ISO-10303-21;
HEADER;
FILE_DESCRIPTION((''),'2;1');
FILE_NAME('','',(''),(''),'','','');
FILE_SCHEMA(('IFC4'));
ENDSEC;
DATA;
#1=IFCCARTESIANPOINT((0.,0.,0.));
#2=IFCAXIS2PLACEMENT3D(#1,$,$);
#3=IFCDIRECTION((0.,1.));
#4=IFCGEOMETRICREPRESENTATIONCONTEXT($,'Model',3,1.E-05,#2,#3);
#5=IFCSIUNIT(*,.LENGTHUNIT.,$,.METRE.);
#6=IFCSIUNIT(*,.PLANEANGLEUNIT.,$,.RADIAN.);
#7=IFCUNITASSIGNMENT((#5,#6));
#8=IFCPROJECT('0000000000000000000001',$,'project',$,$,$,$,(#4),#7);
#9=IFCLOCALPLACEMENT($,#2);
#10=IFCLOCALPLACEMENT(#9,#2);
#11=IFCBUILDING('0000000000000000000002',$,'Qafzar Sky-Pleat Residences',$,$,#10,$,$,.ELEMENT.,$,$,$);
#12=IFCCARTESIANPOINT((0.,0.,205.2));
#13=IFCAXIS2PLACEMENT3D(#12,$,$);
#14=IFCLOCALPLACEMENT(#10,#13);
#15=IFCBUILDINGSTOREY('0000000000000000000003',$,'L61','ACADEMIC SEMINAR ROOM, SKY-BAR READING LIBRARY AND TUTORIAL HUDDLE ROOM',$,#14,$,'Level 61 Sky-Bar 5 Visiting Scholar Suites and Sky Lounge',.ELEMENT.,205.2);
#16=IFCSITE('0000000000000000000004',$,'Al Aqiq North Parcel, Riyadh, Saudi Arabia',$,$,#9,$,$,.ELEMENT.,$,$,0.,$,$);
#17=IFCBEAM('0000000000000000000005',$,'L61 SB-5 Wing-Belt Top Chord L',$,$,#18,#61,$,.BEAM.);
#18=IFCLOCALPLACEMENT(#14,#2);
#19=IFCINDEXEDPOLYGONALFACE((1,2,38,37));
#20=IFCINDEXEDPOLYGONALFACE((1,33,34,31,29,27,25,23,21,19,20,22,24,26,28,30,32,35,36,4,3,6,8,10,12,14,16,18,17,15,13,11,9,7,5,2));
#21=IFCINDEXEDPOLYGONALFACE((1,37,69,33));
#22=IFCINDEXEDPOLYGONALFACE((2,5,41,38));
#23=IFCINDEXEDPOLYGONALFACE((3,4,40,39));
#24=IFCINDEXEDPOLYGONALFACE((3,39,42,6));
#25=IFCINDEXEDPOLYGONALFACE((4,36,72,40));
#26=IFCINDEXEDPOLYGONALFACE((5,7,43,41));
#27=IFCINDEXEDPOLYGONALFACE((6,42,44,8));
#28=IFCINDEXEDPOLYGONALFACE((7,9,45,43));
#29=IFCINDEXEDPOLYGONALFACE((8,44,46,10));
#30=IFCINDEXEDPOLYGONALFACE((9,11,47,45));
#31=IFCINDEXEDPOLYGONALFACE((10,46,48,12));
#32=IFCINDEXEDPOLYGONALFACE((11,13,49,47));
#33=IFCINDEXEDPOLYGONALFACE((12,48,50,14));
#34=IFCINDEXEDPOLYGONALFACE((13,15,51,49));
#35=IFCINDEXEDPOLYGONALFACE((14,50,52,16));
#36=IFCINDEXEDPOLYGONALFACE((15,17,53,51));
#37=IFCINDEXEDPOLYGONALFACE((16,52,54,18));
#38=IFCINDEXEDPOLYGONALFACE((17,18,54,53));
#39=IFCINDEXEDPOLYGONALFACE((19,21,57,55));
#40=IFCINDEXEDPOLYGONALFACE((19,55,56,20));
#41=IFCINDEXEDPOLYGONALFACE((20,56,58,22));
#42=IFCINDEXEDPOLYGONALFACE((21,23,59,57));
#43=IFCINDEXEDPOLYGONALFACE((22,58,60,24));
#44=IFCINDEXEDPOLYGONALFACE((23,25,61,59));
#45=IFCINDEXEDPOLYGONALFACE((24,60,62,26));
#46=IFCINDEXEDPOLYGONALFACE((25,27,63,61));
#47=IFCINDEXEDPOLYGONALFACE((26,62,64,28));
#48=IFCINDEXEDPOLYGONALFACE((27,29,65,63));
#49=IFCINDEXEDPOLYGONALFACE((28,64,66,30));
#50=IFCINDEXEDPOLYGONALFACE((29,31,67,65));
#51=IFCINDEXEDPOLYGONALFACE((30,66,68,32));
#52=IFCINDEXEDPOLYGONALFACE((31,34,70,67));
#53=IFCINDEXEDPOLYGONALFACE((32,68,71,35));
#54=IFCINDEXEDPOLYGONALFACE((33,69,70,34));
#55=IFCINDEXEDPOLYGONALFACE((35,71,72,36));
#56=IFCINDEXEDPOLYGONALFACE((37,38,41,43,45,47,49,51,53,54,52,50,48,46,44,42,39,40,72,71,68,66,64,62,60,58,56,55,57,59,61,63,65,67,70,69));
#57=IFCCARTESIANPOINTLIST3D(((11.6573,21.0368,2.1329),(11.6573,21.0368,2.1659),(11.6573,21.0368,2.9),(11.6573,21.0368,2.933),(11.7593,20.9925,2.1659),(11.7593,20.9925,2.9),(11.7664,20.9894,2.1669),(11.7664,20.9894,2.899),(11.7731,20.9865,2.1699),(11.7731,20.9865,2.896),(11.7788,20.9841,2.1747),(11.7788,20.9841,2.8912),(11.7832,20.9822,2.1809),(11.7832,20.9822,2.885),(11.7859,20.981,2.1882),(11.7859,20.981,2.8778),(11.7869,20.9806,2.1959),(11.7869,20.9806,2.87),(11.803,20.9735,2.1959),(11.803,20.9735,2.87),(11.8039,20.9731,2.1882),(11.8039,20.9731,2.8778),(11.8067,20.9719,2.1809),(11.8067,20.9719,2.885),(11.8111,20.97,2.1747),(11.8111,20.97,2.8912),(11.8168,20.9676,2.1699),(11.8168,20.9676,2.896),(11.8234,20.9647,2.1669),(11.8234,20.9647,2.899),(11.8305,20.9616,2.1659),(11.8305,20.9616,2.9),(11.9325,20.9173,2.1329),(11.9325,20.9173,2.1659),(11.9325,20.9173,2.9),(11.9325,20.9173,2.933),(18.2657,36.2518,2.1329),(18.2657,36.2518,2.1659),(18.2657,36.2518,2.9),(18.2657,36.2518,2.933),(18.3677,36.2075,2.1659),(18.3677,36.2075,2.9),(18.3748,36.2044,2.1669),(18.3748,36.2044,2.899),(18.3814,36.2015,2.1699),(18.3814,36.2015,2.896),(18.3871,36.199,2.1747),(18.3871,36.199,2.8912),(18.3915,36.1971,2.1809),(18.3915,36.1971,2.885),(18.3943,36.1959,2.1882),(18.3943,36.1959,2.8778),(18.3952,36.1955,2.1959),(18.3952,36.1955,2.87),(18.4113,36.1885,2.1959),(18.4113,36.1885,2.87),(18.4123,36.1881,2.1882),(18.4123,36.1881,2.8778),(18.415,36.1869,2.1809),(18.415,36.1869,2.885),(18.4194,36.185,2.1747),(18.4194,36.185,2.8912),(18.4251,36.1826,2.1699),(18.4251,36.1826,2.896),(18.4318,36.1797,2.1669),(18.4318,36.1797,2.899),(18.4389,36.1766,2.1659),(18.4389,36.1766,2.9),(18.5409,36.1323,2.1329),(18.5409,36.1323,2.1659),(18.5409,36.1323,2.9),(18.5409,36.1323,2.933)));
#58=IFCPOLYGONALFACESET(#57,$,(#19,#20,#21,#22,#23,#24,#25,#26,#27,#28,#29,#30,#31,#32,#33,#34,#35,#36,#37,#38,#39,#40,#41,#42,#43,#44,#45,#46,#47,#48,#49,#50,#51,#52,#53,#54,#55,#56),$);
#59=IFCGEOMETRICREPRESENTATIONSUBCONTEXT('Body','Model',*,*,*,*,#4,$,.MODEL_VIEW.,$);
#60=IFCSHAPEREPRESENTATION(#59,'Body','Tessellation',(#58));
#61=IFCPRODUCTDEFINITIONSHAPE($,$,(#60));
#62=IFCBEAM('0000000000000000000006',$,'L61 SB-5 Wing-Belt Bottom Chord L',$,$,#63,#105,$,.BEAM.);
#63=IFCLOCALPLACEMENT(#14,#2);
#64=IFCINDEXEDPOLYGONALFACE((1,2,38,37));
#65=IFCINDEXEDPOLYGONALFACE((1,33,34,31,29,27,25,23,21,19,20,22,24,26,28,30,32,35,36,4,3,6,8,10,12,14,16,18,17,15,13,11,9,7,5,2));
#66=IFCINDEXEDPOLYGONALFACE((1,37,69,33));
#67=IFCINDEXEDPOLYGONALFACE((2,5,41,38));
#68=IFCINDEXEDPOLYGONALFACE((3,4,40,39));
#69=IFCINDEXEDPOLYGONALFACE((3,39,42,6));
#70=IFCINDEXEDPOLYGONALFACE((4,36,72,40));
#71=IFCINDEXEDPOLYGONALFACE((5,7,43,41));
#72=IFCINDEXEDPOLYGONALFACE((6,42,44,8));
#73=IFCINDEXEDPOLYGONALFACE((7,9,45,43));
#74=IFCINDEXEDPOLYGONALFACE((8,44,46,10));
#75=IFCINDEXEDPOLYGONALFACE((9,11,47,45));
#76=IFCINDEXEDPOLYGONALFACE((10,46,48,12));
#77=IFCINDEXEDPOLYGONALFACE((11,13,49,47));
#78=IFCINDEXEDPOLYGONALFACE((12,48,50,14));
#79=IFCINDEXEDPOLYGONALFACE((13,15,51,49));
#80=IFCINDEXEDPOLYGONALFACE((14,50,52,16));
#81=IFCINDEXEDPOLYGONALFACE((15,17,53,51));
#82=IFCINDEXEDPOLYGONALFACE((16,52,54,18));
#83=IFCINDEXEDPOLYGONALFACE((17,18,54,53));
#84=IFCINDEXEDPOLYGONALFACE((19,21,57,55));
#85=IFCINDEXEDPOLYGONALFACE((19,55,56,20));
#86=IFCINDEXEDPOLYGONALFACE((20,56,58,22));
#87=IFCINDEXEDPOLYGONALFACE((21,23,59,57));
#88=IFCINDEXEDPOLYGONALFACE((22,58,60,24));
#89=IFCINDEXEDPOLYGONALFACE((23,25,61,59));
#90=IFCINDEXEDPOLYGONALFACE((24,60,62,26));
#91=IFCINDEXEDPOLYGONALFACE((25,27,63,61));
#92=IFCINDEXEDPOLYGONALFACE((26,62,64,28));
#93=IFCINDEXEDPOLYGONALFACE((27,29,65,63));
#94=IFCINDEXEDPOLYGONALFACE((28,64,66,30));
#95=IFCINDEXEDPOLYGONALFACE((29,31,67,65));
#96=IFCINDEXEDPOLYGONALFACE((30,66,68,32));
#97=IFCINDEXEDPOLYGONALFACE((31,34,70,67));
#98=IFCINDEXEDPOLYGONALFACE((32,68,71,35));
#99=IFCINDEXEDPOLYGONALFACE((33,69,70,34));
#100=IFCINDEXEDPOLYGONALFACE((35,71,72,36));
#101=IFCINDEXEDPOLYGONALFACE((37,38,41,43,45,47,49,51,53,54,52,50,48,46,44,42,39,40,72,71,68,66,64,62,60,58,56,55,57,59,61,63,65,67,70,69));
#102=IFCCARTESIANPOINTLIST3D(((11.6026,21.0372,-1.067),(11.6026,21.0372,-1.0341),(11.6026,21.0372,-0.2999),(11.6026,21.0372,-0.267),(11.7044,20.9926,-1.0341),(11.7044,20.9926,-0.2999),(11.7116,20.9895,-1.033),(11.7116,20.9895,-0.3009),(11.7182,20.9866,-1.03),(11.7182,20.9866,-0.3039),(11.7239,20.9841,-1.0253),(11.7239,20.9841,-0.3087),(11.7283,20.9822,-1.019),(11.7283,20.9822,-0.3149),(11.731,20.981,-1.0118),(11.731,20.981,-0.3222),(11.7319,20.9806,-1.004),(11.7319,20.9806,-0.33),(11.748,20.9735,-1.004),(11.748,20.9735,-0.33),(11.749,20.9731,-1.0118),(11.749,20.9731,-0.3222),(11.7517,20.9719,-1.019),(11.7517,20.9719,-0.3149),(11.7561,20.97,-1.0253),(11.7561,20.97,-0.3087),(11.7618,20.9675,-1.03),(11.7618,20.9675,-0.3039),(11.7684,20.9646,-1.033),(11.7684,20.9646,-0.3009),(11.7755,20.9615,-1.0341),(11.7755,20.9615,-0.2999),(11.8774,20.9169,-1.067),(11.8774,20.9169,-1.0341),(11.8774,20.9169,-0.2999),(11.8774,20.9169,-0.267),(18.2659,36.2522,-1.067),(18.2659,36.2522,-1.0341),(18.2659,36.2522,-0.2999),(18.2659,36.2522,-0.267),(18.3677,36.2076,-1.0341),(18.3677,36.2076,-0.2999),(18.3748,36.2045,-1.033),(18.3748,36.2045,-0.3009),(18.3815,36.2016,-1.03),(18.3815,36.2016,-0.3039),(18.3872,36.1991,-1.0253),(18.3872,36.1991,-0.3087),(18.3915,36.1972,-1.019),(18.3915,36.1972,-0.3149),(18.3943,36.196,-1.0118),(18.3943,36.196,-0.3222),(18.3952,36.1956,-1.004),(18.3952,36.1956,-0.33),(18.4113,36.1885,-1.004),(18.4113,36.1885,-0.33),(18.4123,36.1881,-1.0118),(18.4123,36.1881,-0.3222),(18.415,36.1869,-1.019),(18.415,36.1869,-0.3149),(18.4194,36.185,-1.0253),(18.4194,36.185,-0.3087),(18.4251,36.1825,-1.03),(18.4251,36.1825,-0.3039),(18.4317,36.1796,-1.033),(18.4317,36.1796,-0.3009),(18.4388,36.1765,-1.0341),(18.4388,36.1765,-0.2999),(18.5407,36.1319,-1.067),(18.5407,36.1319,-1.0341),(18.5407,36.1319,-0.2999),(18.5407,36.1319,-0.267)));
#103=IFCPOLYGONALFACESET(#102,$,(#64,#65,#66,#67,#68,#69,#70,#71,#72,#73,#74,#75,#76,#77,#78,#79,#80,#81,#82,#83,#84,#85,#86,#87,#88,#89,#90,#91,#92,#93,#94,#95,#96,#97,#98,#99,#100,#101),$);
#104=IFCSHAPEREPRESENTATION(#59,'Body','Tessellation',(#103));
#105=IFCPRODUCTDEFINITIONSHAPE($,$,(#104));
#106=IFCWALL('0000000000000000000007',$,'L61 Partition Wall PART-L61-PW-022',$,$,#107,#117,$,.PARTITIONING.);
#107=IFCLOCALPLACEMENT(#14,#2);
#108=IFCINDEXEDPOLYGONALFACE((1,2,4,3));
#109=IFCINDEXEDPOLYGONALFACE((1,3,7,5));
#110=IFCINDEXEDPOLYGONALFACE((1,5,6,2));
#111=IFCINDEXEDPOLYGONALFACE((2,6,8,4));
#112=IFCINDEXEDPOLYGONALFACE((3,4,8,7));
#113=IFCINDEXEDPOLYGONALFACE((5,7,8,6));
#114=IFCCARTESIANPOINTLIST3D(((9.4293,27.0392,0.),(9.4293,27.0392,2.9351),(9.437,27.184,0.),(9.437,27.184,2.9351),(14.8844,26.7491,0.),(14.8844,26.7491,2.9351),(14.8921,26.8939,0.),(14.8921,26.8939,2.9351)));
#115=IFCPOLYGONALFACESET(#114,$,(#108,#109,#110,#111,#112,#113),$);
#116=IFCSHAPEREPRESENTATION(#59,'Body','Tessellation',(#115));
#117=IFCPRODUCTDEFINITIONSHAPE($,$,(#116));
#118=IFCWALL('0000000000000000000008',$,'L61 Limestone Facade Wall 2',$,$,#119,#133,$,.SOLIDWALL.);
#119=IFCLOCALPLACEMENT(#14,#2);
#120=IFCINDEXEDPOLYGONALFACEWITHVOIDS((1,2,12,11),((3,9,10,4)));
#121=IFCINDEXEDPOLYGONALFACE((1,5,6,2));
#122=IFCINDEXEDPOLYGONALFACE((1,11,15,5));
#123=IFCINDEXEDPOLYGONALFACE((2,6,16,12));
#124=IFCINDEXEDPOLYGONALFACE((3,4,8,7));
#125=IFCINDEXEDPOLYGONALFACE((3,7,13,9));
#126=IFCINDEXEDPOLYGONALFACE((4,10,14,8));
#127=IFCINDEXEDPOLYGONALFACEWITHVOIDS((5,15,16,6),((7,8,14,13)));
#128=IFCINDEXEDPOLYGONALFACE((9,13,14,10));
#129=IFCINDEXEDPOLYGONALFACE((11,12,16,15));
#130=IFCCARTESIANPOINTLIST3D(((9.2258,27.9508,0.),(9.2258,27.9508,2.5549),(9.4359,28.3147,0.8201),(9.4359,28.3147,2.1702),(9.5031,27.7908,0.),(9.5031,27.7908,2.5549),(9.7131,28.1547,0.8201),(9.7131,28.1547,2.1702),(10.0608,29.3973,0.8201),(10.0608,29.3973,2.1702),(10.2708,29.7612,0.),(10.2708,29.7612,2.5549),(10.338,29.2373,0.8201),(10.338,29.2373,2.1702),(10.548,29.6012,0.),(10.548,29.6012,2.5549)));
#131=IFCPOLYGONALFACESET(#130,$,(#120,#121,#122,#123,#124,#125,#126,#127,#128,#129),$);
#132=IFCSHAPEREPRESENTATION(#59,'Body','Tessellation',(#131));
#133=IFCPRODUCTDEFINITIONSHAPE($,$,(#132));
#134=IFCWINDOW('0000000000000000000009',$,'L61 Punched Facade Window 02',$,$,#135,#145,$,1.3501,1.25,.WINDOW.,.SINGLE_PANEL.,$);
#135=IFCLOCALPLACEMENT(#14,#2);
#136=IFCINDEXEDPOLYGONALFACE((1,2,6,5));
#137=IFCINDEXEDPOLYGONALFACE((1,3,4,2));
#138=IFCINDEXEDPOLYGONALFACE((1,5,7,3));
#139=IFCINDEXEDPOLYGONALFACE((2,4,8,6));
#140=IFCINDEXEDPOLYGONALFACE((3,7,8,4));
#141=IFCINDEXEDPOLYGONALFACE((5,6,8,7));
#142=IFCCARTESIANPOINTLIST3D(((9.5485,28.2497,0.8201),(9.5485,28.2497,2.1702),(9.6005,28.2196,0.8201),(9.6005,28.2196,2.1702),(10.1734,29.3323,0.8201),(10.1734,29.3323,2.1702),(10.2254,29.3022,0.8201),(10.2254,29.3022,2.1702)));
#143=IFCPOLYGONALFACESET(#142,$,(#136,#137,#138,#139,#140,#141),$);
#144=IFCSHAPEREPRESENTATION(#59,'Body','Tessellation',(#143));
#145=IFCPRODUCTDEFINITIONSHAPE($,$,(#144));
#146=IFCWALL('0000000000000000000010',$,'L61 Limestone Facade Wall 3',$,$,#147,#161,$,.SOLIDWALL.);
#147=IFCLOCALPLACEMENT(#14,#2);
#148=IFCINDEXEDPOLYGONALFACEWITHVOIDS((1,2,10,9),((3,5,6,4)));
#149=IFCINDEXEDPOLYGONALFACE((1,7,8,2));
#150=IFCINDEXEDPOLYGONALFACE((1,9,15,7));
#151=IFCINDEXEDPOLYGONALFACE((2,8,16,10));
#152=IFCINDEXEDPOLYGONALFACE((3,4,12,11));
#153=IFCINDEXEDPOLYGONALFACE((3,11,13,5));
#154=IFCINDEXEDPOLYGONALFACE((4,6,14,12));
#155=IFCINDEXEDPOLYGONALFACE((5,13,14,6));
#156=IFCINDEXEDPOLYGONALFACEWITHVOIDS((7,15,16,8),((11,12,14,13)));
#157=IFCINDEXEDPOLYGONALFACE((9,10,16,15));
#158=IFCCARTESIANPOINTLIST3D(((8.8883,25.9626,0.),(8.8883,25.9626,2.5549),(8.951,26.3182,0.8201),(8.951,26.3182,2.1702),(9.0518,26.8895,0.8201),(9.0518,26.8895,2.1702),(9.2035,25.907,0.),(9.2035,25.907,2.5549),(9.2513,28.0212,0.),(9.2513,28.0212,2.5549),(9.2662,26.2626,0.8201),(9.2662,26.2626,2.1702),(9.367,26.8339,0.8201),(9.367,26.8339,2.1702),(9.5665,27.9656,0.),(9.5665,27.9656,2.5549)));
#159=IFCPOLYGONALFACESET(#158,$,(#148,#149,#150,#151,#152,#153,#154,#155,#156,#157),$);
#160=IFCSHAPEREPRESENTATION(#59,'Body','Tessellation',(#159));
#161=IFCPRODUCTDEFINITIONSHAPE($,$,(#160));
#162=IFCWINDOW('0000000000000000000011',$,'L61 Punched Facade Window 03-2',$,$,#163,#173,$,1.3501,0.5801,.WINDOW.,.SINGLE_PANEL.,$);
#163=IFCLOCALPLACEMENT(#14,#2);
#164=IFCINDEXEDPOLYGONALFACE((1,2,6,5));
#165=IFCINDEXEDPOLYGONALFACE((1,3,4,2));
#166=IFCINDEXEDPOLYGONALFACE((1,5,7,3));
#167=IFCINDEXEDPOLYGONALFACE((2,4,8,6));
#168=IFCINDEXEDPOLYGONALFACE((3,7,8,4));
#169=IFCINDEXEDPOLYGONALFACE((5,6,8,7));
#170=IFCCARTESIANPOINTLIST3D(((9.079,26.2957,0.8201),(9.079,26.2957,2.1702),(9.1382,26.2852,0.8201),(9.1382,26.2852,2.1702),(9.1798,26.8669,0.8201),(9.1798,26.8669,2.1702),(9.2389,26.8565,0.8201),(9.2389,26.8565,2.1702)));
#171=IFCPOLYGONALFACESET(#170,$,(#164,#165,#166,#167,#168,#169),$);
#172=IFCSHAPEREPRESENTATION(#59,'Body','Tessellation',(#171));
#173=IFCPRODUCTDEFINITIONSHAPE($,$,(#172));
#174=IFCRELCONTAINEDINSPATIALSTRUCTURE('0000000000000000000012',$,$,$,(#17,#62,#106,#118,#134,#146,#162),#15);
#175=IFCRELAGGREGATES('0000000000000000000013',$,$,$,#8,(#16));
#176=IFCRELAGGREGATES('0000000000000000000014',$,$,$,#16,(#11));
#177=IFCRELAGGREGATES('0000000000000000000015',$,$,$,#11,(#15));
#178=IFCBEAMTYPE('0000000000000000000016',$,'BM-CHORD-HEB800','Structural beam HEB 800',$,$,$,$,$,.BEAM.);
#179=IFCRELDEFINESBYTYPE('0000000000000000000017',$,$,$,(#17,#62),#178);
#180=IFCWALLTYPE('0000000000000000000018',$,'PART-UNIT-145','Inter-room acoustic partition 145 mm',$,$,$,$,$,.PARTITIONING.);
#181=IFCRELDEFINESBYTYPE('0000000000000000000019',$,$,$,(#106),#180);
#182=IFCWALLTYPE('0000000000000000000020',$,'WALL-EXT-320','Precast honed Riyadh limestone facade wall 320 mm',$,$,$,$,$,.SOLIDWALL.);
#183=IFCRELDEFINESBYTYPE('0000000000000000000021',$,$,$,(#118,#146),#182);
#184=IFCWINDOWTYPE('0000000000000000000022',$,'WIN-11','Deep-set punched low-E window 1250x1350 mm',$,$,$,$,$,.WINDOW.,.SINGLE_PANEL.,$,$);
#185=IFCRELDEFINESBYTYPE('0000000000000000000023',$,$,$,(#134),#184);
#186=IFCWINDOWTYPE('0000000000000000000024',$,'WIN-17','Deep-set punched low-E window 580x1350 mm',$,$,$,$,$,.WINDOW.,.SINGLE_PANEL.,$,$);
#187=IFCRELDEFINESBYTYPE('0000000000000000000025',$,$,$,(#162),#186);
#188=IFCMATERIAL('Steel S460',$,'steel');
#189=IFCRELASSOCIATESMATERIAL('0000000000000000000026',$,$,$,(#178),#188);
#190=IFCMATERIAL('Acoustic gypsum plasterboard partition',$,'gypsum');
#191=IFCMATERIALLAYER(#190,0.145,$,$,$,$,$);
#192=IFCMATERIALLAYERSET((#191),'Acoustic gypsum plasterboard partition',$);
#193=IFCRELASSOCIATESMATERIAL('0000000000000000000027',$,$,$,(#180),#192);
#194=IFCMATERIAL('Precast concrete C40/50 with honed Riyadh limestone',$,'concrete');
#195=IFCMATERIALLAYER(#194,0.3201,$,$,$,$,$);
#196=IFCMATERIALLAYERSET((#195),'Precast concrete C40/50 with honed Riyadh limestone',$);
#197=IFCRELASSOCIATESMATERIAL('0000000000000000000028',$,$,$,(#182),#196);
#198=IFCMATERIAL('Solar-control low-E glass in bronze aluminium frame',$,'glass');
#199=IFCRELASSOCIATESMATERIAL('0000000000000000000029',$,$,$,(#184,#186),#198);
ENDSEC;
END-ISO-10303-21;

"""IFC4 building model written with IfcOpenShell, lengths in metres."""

from ifc_helpers import new_model, si_unit, direction, frame, frame_2d, origin, origin_2d, place, context, subcontext, project, spatial, rectangle, i_section, extrude, source, transform, mapped, material, layer, layer_set, material_profile, profile_set, type_object, element, fill, save


model = new_model("IFC4")

# Units and contexts
model_context = context("Model", 3, precision=1e-05, world=origin(), true_north=direction((0.0, 1.0)))
body_context = subcontext(model_context, "Body", "Model", "MODEL_VIEW")
ifc_project = project(units=[si_unit("LENGTHUNIT", "METRE"), si_unit("PLANEANGLEUNIT", "RADIAN")], contexts=[model_context])

# Site, building, storey
site_placement = place(None, origin())
site = spatial("IfcSite", under=ifc_project, at=site_placement, Name="Al Aqiq North Parcel, Riyadh, Saudi Arabia", CompositionType="ELEMENT", RefElevation=0.0)
building_placement = place(site_placement, origin())
building = spatial("IfcBuilding", under=site, at=building_placement, Name="Qafzar Sky-Pleat Residences", CompositionType="ELEMENT")
storey_placement = place(building_placement, frame((0.0, 0.0, 205.2)))
storey = spatial("IfcBuildingStorey", under=building, at=storey_placement, Name="L61", Description="ACADEMIC SEMINAR ROOM, SKY-BAR READING LIBRARY AND TUTORIAL HUDDLE ROOM", LongName="Level 61 Sky-Bar 5 Visiting Scholar Suites and Sky Lounge", CompositionType="ELEMENT", Elevation=205.2)

# Beams
ifc_material_1 = material(Name="Steel S460", Category="steel")
ifc_material_profile_1 = material_profile(ifc_material_1, i_section(OverallWidth=0.3, OverallDepth=0.8, WebThickness=0.0176, FlangeThickness=0.033, FilletRadius=0.03, at=origin_2d()), Name="HEB 800")
ifc_profile_set_1 = profile_set([ifc_material_profile_1], Name="Steel S460")
beam_type_1 = type_object("IfcBeamType", Name="BM-CHORD-HEB800", Description="Structural beam HEB 800", PredefinedType="BEAM", material=ifc_profile_set_1)
shared_shape_1 = source(origin(), body_context, "Body", "SweptSolid", [
    extrude(i_section(OverallWidth=0.3, OverallDepth=0.8, WebThickness=0.0176, FlangeThickness=0.033, FilletRadius=0.03, at=origin_2d()), origin(), (0.0, 0.0, 1.0), 16.5881),
])
beam_1_placement = place(storey_placement, frame((11.7949, 20.9771, 2.533), z_axis=(0.398378, 0.917221, 0.0), x_axis=(-0.917221, 0.398378, 0.0)))
element("IfcBeam", 1, at=beam_1_placement, inside=storey, type_object=beam_type_1, Name="L61 SB-5 Wing-Belt Top Chord L", PredefinedType="BEAM", context=body_context, shape_type="MappedRepresentation", body=[
    mapped(shared_shape_1, transform((0.0, 0.0, 0.0), x_axis=(1.0, 0.0, 0.0), y_axis=(0.0, 1.0, 0.0), z_axis=(0.0, 0.0, 1.0), scale=1.0)),
])
shared_shape_2 = source(origin(), body_context, "Body", "SweptSolid", [
    extrude(i_section(OverallWidth=0.3, OverallDepth=0.8, WebThickness=0.0176, FlangeThickness=0.033, FilletRadius=0.03, at=origin_2d()), origin(), (0.0, 0.0, 1.0), 16.6101),
])
beam_2_placement = place(storey_placement, frame((11.74, 20.9771, -0.667), z_axis=(0.401159, 0.916009, 0.0), x_axis=(-0.916009, 0.401159, 0.0)))
element("IfcBeam", 2, at=beam_2_placement, inside=storey, type_object=beam_type_1, Name="L61 SB-5 Wing-Belt Bottom Chord L", PredefinedType="BEAM", context=body_context, shape_type="MappedRepresentation", body=[
    mapped(shared_shape_2, transform((0.0, 0.0, 0.0), x_axis=(1.0, 0.0, 0.0), y_axis=(0.0, 1.0, 0.0), z_axis=(0.0, 0.0, 1.0), scale=1.0)),
])

# Wall
ifc_material_2 = material(Name="Acoustic gypsum plasterboard partition", Category="gypsum")
ifc_layer_1 = layer(ifc_material_2, 0.145)
ifc_layer_set_1 = layer_set([ifc_layer_1], Name="Acoustic gypsum plasterboard partition")
wall_type_1 = type_object("IfcWallType", Name="PART-UNIT-145", Description="Inter-room acoustic partition 145 mm", PredefinedType="PARTITIONING", material=ifc_layer_set_1)
wall_1_placement = place(storey_placement, frame((9.4331, 27.1116, 0.0), z_axis=(0.0, 0.0, 1.0), x_axis=(0.99859, -0.053094, 0.0)))
element("IfcWall", 3, at=wall_1_placement, inside=storey, type_object=wall_type_1, Name="L61 Partition Wall PART-L61-PW-022", PredefinedType="PARTITIONING", context=body_context, shape_type="SweptSolid", body=[
    extrude(rectangle(XDim=5.4629, YDim=0.145, at=frame_2d((2.7314, 0.0))), origin(), (0.0, 0.0, 1.0), 2.9351),
])

# Walls, openings, windows
ifc_material_3 = material(Name="Precast concrete C40/50 with honed Riyadh limestone", Category="concrete")
ifc_layer_2 = layer(ifc_material_3, 0.3201)
ifc_layer_set_2 = layer_set([ifc_layer_2], Name="Precast concrete C40/50 with honed Riyadh limestone")
wall_type_2 = type_object("IfcWallType", Name="WALL-EXT-320", Description="Precast honed Riyadh limestone facade wall 320 mm", PredefinedType="SOLIDWALL", material=ifc_layer_set_2)
wall_2_placement = place(storey_placement, frame((10.4094, 29.6812, 0.0), z_axis=(0.0, 0.0, 1.0), x_axis=(-0.499908, -0.866079, 0.0)))
wall_2 = element("IfcWall", 4, at=wall_2_placement, inside=storey, type_object=wall_type_2, Name="L61 Limestone Facade Wall 2", PredefinedType="SOLIDWALL", context=body_context, shape_type="SweptSolid", body=[
    extrude(rectangle(XDim=2.0903, YDim=0.3201, at=frame_2d((1.0452, 0.0))), origin(), (0.0, 0.0, 1.0), 2.5549),
])
opening_1_placement = place(wall_2_placement, frame((0.4202, 0.0, 0.8201)))
opening_1 = element("IfcOpeningElement", 5, at=opening_1_placement, cuts=wall_2, PredefinedType="OPENING", context=body_context, shape_type="SweptSolid", body=[
    extrude(rectangle(XDim=1.25, YDim=1.3501, at=frame_2d((0.625, 0.675))), frame((0.0, 0.1699, 0.0), z_axis=(0.0, -1.0, 0.0), x_axis=(1.0, 0.0, 0.0)), (0.0, 0.0, 1.0), 0.3401),
])
ifc_material_4 = material(Name="Solar-control low-E glass in bronze aluminium frame", Category="glass")
window_type_1 = type_object("IfcWindowType", Name="WIN-11", Description="Deep-set punched low-E window 1250x1350 mm", PartitioningType="SINGLE_PANEL", PredefinedType="WINDOW", material=ifc_material_4)
shared_shape_3 = source(origin(), body_context, "Body", "SweptSolid", [
    extrude(rectangle(XDim=1.25, YDim=1.3501, at=frame_2d((0.625, 0.675))), frame((0.0, 0.03, 0.0), z_axis=(0.0, -1.0, 0.0), x_axis=(1.0, 0.0, 0.0)), (0.0, 0.0, 1.0), 0.0601),
])
window_1_placement = place(opening_1_placement, origin())
window_1 = element("IfcWindow", 6, at=window_1_placement, inside=storey, type_object=window_type_1, Name="L61 Punched Facade Window 02", OverallHeight=1.3501, OverallWidth=1.25, PartitioningType="SINGLE_PANEL", PredefinedType="WINDOW", context=body_context, shape_type="MappedRepresentation", body=[
    mapped(shared_shape_3, transform((0.0, 0.0, 0.0), x_axis=(1.0, 0.0, 0.0), y_axis=(0.0, 1.0, 0.0), z_axis=(0.0, 0.0, 1.0), scale=1.0)),
])
fill(opening_1, window_1)
wall_3_placement = place(storey_placement, frame((9.4089, 27.9934, 0.0), z_axis=(0.0, 0.0, 1.0), x_axis=(-0.173672, -0.984804, 0.0)))
wall_3 = element("IfcWall", 7, at=wall_3_placement, inside=storey, type_object=wall_type_2, Name="L61 Limestone Facade Wall 3", PredefinedType="SOLIDWALL", context=body_context, shape_type="SweptSolid", body=[
    extrude(rectangle(XDim=2.0903, YDim=0.3201, at=frame_2d((1.0452, 0.0))), origin(), (0.0, 0.0, 1.0), 2.5549),
])
opening_2_placement = place(wall_3_placement, frame((1.1492, 0.0, 0.8201)))
opening_2 = element("IfcOpeningElement", 8, at=opening_2_placement, cuts=wall_3, PredefinedType="OPENING", context=body_context, shape_type="SweptSolid", body=[
    extrude(rectangle(XDim=0.5801, YDim=1.3501, at=frame_2d((0.29, 0.675))), frame((0.0, 0.1699, 0.0), z_axis=(0.0, -1.0, 0.0), x_axis=(1.0, 0.0, 0.0)), (0.0, 0.0, 1.0), 0.3401),
])
window_type_2 = type_object("IfcWindowType", Name="WIN-17", Description="Deep-set punched low-E window 580x1350 mm", PartitioningType="SINGLE_PANEL", PredefinedType="WINDOW", material=ifc_material_4)
shared_shape_4 = source(origin(), body_context, "Body", "SweptSolid", [
    extrude(rectangle(XDim=0.5801, YDim=1.3501, at=frame_2d((0.29, 0.675))), frame((0.0, 0.03, 0.0), z_axis=(0.0, -1.0, 0.0), x_axis=(1.0, 0.0, 0.0)), (0.0, 0.0, 1.0), 0.0601),
])
window_2_placement = place(opening_2_placement, origin())
window_2 = element("IfcWindow", 9, at=window_2_placement, inside=storey, type_object=window_type_2, Name="L61 Punched Facade Window 03-2", OverallHeight=1.3501, OverallWidth=0.5801, PartitioningType="SINGLE_PANEL", PredefinedType="WINDOW", context=body_context, shape_type="MappedRepresentation", body=[
    mapped(shared_shape_4, transform((0.0, 0.0, 0.0), x_axis=(1.0, 0.0, 0.0), y_axis=(0.0, 1.0, 0.0), z_axis=(0.0, 0.0, 1.0), scale=1.0)),
])
fill(opening_2, window_2)

save(model, "model.ifc")
